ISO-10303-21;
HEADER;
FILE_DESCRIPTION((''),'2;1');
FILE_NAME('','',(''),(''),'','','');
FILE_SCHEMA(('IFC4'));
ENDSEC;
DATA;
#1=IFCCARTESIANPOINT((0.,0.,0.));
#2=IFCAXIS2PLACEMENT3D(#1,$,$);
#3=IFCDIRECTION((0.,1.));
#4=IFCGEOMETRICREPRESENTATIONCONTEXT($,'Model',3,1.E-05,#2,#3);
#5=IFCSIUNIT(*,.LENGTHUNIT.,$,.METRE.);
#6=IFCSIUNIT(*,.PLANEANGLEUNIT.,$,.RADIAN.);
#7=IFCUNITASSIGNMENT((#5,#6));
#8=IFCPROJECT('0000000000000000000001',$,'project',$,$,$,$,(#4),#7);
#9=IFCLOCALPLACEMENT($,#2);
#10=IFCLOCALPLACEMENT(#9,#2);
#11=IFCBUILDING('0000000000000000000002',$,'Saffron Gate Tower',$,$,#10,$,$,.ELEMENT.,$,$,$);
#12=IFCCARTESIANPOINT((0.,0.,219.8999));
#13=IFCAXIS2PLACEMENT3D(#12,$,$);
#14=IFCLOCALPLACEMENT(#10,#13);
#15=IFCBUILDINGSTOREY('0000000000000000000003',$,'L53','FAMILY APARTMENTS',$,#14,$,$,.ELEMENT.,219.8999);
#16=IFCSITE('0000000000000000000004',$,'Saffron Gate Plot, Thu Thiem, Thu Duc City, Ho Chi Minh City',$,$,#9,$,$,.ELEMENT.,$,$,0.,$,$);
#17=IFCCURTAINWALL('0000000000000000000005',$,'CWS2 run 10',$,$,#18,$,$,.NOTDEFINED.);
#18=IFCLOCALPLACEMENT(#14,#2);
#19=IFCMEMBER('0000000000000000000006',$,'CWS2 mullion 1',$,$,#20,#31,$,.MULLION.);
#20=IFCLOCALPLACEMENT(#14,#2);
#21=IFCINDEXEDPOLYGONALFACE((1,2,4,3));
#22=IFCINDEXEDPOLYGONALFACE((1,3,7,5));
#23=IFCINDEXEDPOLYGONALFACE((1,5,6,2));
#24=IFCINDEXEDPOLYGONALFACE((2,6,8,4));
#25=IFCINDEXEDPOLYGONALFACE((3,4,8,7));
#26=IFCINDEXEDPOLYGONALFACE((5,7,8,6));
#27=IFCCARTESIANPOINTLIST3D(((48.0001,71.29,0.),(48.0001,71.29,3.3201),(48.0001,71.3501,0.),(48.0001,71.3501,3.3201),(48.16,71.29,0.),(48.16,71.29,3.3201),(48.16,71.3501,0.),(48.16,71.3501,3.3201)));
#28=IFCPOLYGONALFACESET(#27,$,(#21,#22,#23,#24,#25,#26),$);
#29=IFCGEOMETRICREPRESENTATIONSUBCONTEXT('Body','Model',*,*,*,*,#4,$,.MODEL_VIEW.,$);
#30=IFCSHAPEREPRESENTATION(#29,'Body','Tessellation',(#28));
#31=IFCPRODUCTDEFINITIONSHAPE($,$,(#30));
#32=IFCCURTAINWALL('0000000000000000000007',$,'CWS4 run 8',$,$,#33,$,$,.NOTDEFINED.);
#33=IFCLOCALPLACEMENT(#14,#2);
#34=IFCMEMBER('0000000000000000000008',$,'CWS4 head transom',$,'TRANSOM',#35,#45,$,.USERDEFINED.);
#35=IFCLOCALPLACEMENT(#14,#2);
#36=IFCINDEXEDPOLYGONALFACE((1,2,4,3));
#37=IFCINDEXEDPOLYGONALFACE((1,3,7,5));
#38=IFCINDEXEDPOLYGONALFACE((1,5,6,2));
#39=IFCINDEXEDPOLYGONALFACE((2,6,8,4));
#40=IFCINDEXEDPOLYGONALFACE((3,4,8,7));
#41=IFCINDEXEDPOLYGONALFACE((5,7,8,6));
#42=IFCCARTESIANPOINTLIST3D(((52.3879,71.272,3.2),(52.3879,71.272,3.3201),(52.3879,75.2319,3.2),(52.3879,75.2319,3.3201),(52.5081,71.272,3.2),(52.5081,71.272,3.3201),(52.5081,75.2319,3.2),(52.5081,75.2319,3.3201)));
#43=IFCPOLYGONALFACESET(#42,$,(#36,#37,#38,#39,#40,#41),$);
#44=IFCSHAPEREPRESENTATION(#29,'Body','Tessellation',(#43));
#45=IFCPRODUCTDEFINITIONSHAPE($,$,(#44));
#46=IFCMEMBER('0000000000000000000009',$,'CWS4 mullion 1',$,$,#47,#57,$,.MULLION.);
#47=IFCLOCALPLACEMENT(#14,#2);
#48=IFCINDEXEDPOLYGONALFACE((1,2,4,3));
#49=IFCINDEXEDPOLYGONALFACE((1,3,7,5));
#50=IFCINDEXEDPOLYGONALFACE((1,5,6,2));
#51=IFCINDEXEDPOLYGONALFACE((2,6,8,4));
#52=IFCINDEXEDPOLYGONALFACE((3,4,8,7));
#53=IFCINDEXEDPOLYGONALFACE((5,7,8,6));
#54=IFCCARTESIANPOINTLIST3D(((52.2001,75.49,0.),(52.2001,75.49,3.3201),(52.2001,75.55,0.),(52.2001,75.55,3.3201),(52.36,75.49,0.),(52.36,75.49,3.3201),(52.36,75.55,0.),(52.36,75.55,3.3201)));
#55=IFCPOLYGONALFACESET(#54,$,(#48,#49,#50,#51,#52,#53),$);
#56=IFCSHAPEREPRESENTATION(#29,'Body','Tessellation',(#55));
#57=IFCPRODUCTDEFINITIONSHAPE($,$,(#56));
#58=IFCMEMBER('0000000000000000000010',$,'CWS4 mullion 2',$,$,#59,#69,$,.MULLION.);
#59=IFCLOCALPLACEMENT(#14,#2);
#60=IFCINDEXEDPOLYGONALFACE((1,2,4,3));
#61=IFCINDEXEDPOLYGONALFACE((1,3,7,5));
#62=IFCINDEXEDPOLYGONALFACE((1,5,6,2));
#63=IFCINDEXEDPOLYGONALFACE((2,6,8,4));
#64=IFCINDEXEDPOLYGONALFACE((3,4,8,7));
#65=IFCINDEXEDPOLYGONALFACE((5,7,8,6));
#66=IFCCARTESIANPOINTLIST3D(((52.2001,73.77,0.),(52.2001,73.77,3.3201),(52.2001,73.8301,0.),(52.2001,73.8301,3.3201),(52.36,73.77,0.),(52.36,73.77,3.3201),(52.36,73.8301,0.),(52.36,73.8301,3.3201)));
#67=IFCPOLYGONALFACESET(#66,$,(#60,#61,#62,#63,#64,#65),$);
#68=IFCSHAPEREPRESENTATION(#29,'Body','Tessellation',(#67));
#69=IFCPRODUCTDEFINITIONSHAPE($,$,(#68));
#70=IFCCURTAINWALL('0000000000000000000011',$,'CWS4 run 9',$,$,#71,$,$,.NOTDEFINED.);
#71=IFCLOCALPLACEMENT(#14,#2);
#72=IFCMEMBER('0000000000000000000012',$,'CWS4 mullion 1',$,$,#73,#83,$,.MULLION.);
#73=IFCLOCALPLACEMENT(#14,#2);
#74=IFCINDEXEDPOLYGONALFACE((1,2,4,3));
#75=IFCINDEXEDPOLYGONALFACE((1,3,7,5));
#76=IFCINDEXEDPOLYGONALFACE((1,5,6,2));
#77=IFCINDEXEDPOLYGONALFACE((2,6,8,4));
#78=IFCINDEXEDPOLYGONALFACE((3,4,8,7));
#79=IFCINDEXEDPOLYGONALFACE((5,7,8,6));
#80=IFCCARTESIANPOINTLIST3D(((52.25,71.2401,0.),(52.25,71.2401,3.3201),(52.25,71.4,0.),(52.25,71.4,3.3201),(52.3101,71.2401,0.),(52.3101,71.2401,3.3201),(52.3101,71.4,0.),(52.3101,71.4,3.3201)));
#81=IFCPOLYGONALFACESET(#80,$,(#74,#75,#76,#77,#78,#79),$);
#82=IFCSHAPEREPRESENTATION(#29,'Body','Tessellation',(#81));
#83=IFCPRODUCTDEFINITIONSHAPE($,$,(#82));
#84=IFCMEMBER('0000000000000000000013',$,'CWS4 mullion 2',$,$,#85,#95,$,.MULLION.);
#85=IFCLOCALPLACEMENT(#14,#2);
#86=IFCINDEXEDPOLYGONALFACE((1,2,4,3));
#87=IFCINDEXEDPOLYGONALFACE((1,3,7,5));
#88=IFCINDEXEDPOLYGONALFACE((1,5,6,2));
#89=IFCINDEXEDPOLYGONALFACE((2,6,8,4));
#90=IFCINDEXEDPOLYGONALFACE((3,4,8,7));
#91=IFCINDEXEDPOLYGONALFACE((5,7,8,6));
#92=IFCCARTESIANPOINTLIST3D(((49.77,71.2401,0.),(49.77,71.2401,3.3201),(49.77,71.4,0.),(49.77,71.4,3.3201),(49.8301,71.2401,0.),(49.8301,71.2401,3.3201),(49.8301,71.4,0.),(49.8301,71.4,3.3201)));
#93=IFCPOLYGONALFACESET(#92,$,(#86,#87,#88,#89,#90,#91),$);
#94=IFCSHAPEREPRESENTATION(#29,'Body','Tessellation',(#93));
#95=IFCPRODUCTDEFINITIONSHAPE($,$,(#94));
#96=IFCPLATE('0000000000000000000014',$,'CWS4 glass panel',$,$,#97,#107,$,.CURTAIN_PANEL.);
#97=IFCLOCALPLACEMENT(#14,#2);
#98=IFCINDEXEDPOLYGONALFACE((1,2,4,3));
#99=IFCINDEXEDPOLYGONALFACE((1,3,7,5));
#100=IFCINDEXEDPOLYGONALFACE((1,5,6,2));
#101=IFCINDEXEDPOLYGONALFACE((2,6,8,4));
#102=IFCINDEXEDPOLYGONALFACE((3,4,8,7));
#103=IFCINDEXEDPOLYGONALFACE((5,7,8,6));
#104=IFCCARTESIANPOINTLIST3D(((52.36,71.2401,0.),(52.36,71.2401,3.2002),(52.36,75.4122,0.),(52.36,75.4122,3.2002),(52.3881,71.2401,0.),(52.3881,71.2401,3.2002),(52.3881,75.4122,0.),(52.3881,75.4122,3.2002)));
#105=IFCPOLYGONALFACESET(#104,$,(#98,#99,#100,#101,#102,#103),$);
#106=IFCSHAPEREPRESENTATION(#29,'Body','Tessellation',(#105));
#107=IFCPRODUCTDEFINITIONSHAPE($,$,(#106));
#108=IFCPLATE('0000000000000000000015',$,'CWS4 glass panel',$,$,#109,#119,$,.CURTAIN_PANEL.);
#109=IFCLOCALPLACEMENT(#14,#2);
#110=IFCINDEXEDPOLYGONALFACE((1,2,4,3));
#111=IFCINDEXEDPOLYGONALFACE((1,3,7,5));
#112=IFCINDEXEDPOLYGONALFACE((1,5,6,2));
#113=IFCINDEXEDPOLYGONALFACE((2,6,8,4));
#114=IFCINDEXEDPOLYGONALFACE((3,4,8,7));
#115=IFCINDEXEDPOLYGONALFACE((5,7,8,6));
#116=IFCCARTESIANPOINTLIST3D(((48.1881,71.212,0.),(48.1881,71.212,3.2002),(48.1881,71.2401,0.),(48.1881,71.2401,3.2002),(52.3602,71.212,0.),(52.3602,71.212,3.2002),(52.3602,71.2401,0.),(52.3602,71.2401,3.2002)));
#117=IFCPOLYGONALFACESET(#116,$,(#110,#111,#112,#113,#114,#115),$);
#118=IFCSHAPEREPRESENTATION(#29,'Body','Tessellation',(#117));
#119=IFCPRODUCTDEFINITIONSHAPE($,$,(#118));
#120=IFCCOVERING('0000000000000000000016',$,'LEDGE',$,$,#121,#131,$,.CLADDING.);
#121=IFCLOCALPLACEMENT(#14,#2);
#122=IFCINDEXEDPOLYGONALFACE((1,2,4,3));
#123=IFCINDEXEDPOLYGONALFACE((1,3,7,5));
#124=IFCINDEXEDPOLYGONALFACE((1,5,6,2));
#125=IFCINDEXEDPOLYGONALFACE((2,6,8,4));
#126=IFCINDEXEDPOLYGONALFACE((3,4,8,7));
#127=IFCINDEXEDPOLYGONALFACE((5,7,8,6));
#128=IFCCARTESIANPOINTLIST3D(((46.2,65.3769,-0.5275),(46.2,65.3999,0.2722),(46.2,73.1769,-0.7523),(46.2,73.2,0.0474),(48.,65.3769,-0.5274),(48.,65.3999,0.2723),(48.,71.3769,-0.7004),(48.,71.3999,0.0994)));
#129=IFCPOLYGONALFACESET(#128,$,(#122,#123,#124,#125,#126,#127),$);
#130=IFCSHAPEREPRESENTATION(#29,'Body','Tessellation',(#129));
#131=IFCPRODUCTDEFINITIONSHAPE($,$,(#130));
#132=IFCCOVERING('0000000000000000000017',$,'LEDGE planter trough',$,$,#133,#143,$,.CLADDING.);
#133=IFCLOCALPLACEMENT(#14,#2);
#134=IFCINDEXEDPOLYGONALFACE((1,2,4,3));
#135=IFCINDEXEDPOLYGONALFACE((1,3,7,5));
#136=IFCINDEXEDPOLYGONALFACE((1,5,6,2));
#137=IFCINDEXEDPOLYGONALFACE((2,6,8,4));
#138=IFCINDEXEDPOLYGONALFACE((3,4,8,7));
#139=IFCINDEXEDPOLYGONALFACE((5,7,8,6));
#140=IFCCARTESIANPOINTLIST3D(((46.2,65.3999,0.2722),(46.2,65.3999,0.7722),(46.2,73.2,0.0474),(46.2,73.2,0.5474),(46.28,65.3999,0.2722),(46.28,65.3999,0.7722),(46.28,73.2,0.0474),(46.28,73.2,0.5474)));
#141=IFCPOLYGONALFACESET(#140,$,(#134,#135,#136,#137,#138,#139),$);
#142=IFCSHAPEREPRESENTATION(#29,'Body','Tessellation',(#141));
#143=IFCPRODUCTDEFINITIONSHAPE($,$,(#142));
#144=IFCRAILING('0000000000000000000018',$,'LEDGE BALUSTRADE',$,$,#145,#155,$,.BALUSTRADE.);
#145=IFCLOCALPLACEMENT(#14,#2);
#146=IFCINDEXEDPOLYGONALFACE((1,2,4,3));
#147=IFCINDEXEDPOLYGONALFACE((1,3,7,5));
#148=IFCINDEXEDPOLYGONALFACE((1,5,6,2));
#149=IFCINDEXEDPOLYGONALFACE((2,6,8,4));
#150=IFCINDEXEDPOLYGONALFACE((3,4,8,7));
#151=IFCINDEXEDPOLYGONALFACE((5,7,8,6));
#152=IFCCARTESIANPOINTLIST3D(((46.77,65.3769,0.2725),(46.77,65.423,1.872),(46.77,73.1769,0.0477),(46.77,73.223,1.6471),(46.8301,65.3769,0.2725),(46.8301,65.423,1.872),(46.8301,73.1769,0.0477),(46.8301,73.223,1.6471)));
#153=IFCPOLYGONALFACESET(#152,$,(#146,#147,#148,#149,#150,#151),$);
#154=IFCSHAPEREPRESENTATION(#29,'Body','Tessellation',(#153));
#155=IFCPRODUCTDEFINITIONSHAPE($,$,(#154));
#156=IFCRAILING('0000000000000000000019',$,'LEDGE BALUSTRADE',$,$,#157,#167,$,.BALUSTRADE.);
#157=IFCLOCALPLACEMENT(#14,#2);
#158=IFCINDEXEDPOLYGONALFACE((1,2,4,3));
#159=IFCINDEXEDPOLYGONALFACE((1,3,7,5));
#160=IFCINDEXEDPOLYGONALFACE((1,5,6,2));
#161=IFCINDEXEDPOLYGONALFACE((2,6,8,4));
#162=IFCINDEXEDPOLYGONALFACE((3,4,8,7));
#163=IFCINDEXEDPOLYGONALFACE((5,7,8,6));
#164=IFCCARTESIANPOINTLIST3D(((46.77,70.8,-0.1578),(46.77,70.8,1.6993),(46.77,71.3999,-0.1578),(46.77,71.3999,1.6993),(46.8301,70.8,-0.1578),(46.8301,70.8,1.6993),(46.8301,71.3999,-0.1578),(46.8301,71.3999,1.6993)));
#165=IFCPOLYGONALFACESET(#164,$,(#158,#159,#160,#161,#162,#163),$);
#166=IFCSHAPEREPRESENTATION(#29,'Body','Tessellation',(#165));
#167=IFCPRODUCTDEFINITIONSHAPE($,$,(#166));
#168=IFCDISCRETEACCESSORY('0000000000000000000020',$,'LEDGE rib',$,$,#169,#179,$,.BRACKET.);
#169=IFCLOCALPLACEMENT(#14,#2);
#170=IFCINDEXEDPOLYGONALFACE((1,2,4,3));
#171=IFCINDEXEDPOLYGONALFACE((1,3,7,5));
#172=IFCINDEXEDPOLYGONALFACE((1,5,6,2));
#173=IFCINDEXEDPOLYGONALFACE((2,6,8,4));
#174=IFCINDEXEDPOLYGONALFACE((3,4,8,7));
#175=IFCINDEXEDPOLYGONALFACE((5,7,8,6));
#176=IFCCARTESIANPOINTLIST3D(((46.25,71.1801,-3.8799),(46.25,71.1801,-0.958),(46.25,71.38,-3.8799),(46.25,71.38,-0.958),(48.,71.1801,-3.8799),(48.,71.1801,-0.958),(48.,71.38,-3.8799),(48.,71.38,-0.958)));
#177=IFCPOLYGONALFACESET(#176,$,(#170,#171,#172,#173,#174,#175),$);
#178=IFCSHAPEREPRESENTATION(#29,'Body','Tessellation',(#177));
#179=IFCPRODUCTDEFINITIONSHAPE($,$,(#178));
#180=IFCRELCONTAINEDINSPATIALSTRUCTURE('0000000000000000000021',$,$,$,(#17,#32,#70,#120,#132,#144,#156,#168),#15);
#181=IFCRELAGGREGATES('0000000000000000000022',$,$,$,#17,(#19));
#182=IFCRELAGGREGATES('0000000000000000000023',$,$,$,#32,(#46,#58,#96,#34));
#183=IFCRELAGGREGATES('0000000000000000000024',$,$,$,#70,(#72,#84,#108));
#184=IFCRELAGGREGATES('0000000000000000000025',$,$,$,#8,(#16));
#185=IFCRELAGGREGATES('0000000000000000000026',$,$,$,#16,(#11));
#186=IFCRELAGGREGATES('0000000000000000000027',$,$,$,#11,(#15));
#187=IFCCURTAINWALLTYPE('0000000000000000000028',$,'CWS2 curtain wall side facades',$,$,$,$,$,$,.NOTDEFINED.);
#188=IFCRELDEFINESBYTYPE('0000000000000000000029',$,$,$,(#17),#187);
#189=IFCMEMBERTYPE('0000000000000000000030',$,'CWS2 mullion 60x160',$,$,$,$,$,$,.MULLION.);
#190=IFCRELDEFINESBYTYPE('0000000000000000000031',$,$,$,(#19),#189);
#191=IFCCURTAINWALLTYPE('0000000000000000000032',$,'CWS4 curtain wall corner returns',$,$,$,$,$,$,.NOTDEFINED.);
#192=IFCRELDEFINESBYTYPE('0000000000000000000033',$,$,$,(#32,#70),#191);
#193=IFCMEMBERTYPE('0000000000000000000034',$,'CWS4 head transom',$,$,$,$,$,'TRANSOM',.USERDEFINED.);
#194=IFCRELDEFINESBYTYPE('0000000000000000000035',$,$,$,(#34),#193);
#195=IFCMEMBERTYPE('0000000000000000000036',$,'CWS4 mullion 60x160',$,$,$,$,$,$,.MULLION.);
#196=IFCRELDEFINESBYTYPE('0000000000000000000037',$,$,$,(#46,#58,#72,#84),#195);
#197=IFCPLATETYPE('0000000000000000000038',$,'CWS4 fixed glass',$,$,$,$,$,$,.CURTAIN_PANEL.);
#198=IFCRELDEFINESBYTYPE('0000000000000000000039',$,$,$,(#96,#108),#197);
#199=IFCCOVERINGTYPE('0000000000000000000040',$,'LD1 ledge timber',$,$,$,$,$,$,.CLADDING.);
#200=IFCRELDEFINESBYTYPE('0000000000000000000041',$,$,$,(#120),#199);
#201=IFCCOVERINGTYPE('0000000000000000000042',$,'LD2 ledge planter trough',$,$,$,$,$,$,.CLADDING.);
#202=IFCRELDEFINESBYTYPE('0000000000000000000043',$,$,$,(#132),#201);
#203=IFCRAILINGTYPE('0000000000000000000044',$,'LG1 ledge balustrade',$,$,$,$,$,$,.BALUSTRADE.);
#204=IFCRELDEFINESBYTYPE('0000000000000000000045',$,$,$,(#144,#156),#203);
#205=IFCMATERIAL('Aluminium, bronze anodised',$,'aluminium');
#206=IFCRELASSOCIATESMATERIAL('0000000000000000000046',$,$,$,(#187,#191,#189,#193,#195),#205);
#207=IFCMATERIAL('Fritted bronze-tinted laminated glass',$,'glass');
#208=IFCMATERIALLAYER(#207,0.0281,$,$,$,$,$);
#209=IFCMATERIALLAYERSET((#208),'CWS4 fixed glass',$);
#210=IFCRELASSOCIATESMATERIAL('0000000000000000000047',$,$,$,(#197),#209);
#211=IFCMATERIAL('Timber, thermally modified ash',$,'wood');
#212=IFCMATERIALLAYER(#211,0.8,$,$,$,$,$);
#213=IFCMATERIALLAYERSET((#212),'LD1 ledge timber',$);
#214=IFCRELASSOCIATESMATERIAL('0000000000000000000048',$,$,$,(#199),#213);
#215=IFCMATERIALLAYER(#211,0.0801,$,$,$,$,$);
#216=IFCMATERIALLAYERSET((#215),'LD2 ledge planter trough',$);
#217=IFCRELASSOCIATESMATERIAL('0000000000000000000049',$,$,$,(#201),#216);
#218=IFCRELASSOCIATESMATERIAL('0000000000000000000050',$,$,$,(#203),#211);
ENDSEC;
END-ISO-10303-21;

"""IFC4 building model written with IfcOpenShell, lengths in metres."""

from ifc_helpers import new_model, si_unit, direction, frame, frame_2d, origin, origin_2d, place, context, subcontext, project, spatial, polyline, rectangle, outline, extrude, material, layer, layer_set, material_profile, profile_set, type_object, element, aggregate, save


model = new_model("IFC4")

# Units and contexts
model_context = context("Model", 3, precision=1e-05, world=origin(), true_north=direction((0.0, 1.0)))
body_context = subcontext(model_context, "Body", "Model", "MODEL_VIEW")
ifc_project = project(units=[si_unit("LENGTHUNIT", "METRE"), si_unit("PLANEANGLEUNIT", "RADIAN")], contexts=[model_context])

# Site, building, storey
site_placement = place(None, origin())
site = spatial("IfcSite", under=ifc_project, at=site_placement, Name="Saffron Gate Plot, Thu Thiem, Thu Duc City, Ho Chi Minh City", CompositionType="ELEMENT", RefElevation=0.0)
building_placement = place(site_placement, origin())
building = spatial("IfcBuilding", under=site, at=building_placement, Name="Saffron Gate Tower", CompositionType="ELEMENT")
storey_placement = place(building_placement, frame((0.0, 0.0, 219.8999)))
storey = spatial("IfcBuildingStorey", under=building, at=storey_placement, Name="L53", Description="FAMILY APARTMENTS", CompositionType="ELEMENT", Elevation=219.8999)

# Curtain wall, member
ifc_material_1 = material(Name="Aluminium, bronze anodised", Category="aluminium")
curtain_wall_type_1 = type_object("IfcCurtainWallType", Name="CWS2 curtain wall side facades", PredefinedType="NOTDEFINED", material=ifc_material_1)
curtain_wall_1_placement = place(storey_placement, origin())
curtain_wall_1 = element("IfcCurtainWall", 1, at=curtain_wall_1_placement, inside=storey, type_object=curtain_wall_type_1, Name="CWS2 run 10", PredefinedType="NOTDEFINED")
ifc_material_profile_1 = material_profile(ifc_material_1, rectangle(XDim=0.1599, YDim=0.0601, at=origin_2d()))
ifc_profile_set_1 = profile_set([ifc_material_profile_1], Name="Aluminium, bronze anodised")
member_type_1 = type_object("IfcMemberType", Name="CWS2 mullion 60x160", PredefinedType="MULLION", material=ifc_profile_set_1)
member_1_placement = place(storey_placement, frame((48.0801, 71.3201, 0.0), z_axis=(0.0, 0.0, 1.0), x_axis=(1.0, 0.0, 0.0)))
member_1 = element("IfcMember", 2, at=member_1_placement, type_object=member_type_1, Name="CWS2 mullion 1", PredefinedType="MULLION", context=body_context, shape_type="SweptSolid", body=[
    extrude(rectangle(XDim=0.1599, YDim=0.0601, at=origin_2d()), origin(), (0.0, 0.0, 1.0), 3.3201),
])
aggregate(curtain_wall_1, [member_1])

# Curtain walls, members
curtain_wall_type_2 = type_object("IfcCurtainWallType", Name="CWS4 curtain wall corner returns", PredefinedType="NOTDEFINED", material=ifc_material_1)
curtain_wall_2_placement = place(storey_placement, origin())
curtain_wall_2 = element("IfcCurtainWall", 3, at=curtain_wall_2_placement, inside=storey, type_object=curtain_wall_type_2, Name="CWS4 run 8", PredefinedType="NOTDEFINED")
ifc_material_profile_2 = material_profile(ifc_material_1, rectangle(XDim=0.1201, YDim=0.1201, at=origin_2d()))
ifc_profile_set_2 = profile_set([ifc_material_profile_2], Name="Aluminium, bronze anodised")
member_type_2 = type_object("IfcMemberType", Name="CWS4 head transom", ElementType="TRANSOM", PredefinedType="USERDEFINED", material=ifc_profile_set_2)
member_2_placement = place(storey_placement, frame((52.448, 75.2319, 3.26), z_axis=(0.0, -1.0, 0.0), x_axis=(1.0, 0.0, 0.0)))
member_2 = element("IfcMember", 4, at=member_2_placement, type_object=member_type_2, Name="CWS4 head transom", ObjectType="TRANSOM", PredefinedType="USERDEFINED", context=body_context, shape_type="SweptSolid", body=[
    extrude(rectangle(XDim=0.1201, YDim=0.1201, at=origin_2d()), origin(), (0.0, 0.0, 1.0), 3.96),
])
ifc_material_profile_3 = material_profile(ifc_material_1, rectangle(XDim=0.1599, YDim=0.0601, at=origin_2d()))
ifc_profile_set_3 = profile_set([ifc_material_profile_3], Name="Aluminium, bronze anodised")
member_type_3 = type_object("IfcMemberType", Name="CWS4 mullion 60x160", PredefinedType="MULLION", material=ifc_profile_set_3)
member_3_placement = place(storey_placement, frame((52.28, 75.52, 0.0), z_axis=(0.0, 0.0, 1.0), x_axis=(1.0, 0.0, 0.0)))
member_3 = element("IfcMember", 5, at=member_3_placement, type_object=member_type_3, Name="CWS4 mullion 1", PredefinedType="MULLION", context=body_context, shape_type="SweptSolid", body=[
    extrude(rectangle(XDim=0.1599, YDim=0.0601, at=origin_2d()), origin(), (0.0, 0.0, 1.0), 3.3201),
])
member_4_placement = place(storey_placement, frame((52.28, 73.8, 0.0), z_axis=(0.0, 0.0, 1.0), x_axis=(1.0, 0.0, 0.0)))
member_4 = element("IfcMember", 6, at=member_4_placement, type_object=member_type_3, Name="CWS4 mullion 2", PredefinedType="MULLION", context=body_context, shape_type="SweptSolid", body=[
    extrude(rectangle(XDim=0.1599, YDim=0.0601, at=origin_2d()), origin(), (0.0, 0.0, 1.0), 3.3201),
])
curtain_wall_3_placement = place(storey_placement, origin())
curtain_wall_3 = element("IfcCurtainWall", 7, at=curtain_wall_3_placement, inside=storey, type_object=curtain_wall_type_2, Name="CWS4 run 9", PredefinedType="NOTDEFINED")
member_5_placement = place(storey_placement, frame((52.28, 71.3201, 0.0), z_axis=(0.0, 0.0, 1.0), x_axis=(0.0, -1.0, 0.0)))
member_5 = element("IfcMember", 8, at=member_5_placement, type_object=member_type_3, Name="CWS4 mullion 1", PredefinedType="MULLION", context=body_context, shape_type="SweptSolid", body=[
    extrude(rectangle(XDim=0.1599, YDim=0.0601, at=origin_2d()), origin(), (0.0, 0.0, 1.0), 3.3201),
])
member_6_placement = place(storey_placement, frame((49.8, 71.3201, 0.0), z_axis=(0.0, 0.0, 1.0), x_axis=(0.0, -1.0, 0.0)))
member_6 = element("IfcMember", 9, at=member_6_placement, type_object=member_type_3, Name="CWS4 mullion 2", PredefinedType="MULLION", context=body_context, shape_type="SweptSolid", body=[
    extrude(rectangle(XDim=0.1599, YDim=0.0601, at=origin_2d()), origin(), (0.0, 0.0, 1.0), 3.3201),
])

# Plates
ifc_material_2 = material(Name="Fritted bronze-tinted laminated glass", Category="glass")
ifc_layer_1 = layer(ifc_material_2, 0.0281)
ifc_layer_set_1 = layer_set([ifc_layer_1], Name="CWS4 fixed glass")
plate_type = type_object("IfcPlateType", Name="CWS4 fixed glass", PredefinedType="CURTAIN_PANEL", material=ifc_layer_set_1)
plate_1_placement = place(storey_placement, frame((52.374, 75.4121, 0.0), z_axis=(0.0, 0.0, 1.0), x_axis=(0.0, -1.0, 0.0)))
plate_1 = element("IfcPlate", 10, at=plate_1_placement, type_object=plate_type, Name="CWS4 glass panel", PredefinedType="CURTAIN_PANEL", context=body_context, shape_type="SweptSolid", body=[
    extrude(rectangle(XDim=4.1721, YDim=0.0281, at=frame_2d((2.0859, 0.0))), origin(), (0.0, 0.0, 1.0), 3.2002),
])
aggregate(curtain_wall_2, [member_3, member_4, plate_1, member_2])
plate_2_placement = place(storey_placement, frame((52.3601, 71.2261, 0.0), z_axis=(0.0, 0.0, 1.0), x_axis=(-1.0, 0.0, 0.0)))
plate_2 = element("IfcPlate", 11, at=plate_2_placement, type_object=plate_type, Name="CWS4 glass panel", PredefinedType="CURTAIN_PANEL", context=body_context, shape_type="SweptSolid", body=[
    extrude(rectangle(XDim=4.1721, YDim=0.0281, at=frame_2d((2.0859, 0.0))), origin(), (0.0, 0.0, 1.0), 3.2002),
])
aggregate(curtain_wall_3, [member_5, member_6, plate_2])

# Coverings
ifc_material_3 = material(Name="Timber, thermally modified ash", Category="wood")
ifc_layer_2 = layer(ifc_material_3, 0.8)
ifc_layer_set_2 = layer_set([ifc_layer_2], Name="LD1 ledge timber")
covering_type_1 = type_object("IfcCoveringType", Name="LD1 ledge timber", PredefinedType="CLADDING", material=ifc_layer_set_2)
covering_1_placement = place(storey_placement, frame((48.0, 71.3999, 0.0994), z_axis=(-0.000035, 0.028807, 0.999585), x_axis=(0.0, -0.999585, 0.028807)))
element("IfcCovering", 12, at=covering_1_placement, inside=storey, type_object=covering_type_1, Name="LEDGE", PredefinedType="CLADDING", context=body_context, shape_type="SweptSolid", body=[
    extrude(outline(polyline([(0.0, 0.0), (6.0025, 0.0), (6.0025, -1.8), (-1.8008, -1.8), (0.0, 0.0)])), origin(), (0.0, 0.0, -1.0), 0.8),
])
ifc_layer_3 = layer(ifc_material_3, 0.0801)
ifc_layer_set_3 = layer_set([ifc_layer_3], Name="LD2 ledge planter trough")
covering_type_2 = type_object("IfcCoveringType", Name="LD2 ledge planter trough", PredefinedType="CLADDING", material=ifc_layer_set_3)
covering_2_placement = place(storey_placement, frame((46.2, 73.2, 0.0474), z_axis=(-1.0, 0.0, 0.0), x_axis=(0.0, -0.999585, 0.028815)))
element("IfcCovering", 13, at=covering_2_placement, inside=storey, type_object=covering_type_2, Name="LEDGE planter trough", PredefinedType="CLADDING", context=body_context, shape_type="SweptSolid", body=[
    extrude(outline(polyline([(0.0, 0.0), (7.8033, 0.0), (7.8177, 0.4998), (0.0144, 0.4998), (0.0, 0.0)])), origin(), (0.0, 0.0, -1.0), 0.0801),
])

# Railings
railing_type = type_object("IfcRailingType", Name="LG1 ledge balustrade", PredefinedType="BALUSTRADE", material=ifc_material_3)
railing_1_placement = place(storey_placement, frame((46.8, 73.2, 0.0474)))
element("IfcRailing", 14, at=railing_1_placement, inside=storey, type_object=railing_type, Name="LEDGE BALUSTRADE", PredefinedType="BALUSTRADE", context=body_context, shape_type="SweptSolid", body=[
    extrude(rectangle(XDim=0.0601, YDim=1.6001, at=origin_2d()), frame((0.0, 0.0, 0.8), z_axis=(0.0, -0.999585, 0.028815), x_axis=(1.0, 0.0, 0.0)), (0.0, 0.0, 1.0), 7.8032),
])
railing_2_placement = place(storey_placement, frame((46.8, 71.3999, -0.158)))
element("IfcRailing", 15, at=railing_2_placement, inside=storey, type_object=railing_type, Name="LEDGE BALUSTRADE", PredefinedType="BALUSTRADE", context=body_context, shape_type="SweptSolid", body=[
    extrude(rectangle(XDim=0.0601, YDim=1.8572, at=origin_2d()), frame((0.0, 0.0, 0.9287), z_axis=(0.0, -1.0, 0.0), x_axis=(1.0, 0.0, 0.0)), (0.0, 0.0, 1.0), 0.5999),
])

# Discrete accessory
discrete_accessory_placement = place(storey_placement, frame((47.125, 71.28, -3.8799), z_axis=(0.0, 0.0, 1.0), x_axis=(0.0, -1.0, 0.0)))
element("IfcDiscreteAccessory", 16, at=discrete_accessory_placement, inside=storey, Name="LEDGE rib", PredefinedType="BRACKET", context=body_context, shape_type="SweptSolid", body=[
    extrude(rectangle(XDim=0.2, YDim=1.75, at=origin_2d()), origin(), (0.0, 0.0, 1.0), 2.9219),
])

save(model, "model.ifc")
